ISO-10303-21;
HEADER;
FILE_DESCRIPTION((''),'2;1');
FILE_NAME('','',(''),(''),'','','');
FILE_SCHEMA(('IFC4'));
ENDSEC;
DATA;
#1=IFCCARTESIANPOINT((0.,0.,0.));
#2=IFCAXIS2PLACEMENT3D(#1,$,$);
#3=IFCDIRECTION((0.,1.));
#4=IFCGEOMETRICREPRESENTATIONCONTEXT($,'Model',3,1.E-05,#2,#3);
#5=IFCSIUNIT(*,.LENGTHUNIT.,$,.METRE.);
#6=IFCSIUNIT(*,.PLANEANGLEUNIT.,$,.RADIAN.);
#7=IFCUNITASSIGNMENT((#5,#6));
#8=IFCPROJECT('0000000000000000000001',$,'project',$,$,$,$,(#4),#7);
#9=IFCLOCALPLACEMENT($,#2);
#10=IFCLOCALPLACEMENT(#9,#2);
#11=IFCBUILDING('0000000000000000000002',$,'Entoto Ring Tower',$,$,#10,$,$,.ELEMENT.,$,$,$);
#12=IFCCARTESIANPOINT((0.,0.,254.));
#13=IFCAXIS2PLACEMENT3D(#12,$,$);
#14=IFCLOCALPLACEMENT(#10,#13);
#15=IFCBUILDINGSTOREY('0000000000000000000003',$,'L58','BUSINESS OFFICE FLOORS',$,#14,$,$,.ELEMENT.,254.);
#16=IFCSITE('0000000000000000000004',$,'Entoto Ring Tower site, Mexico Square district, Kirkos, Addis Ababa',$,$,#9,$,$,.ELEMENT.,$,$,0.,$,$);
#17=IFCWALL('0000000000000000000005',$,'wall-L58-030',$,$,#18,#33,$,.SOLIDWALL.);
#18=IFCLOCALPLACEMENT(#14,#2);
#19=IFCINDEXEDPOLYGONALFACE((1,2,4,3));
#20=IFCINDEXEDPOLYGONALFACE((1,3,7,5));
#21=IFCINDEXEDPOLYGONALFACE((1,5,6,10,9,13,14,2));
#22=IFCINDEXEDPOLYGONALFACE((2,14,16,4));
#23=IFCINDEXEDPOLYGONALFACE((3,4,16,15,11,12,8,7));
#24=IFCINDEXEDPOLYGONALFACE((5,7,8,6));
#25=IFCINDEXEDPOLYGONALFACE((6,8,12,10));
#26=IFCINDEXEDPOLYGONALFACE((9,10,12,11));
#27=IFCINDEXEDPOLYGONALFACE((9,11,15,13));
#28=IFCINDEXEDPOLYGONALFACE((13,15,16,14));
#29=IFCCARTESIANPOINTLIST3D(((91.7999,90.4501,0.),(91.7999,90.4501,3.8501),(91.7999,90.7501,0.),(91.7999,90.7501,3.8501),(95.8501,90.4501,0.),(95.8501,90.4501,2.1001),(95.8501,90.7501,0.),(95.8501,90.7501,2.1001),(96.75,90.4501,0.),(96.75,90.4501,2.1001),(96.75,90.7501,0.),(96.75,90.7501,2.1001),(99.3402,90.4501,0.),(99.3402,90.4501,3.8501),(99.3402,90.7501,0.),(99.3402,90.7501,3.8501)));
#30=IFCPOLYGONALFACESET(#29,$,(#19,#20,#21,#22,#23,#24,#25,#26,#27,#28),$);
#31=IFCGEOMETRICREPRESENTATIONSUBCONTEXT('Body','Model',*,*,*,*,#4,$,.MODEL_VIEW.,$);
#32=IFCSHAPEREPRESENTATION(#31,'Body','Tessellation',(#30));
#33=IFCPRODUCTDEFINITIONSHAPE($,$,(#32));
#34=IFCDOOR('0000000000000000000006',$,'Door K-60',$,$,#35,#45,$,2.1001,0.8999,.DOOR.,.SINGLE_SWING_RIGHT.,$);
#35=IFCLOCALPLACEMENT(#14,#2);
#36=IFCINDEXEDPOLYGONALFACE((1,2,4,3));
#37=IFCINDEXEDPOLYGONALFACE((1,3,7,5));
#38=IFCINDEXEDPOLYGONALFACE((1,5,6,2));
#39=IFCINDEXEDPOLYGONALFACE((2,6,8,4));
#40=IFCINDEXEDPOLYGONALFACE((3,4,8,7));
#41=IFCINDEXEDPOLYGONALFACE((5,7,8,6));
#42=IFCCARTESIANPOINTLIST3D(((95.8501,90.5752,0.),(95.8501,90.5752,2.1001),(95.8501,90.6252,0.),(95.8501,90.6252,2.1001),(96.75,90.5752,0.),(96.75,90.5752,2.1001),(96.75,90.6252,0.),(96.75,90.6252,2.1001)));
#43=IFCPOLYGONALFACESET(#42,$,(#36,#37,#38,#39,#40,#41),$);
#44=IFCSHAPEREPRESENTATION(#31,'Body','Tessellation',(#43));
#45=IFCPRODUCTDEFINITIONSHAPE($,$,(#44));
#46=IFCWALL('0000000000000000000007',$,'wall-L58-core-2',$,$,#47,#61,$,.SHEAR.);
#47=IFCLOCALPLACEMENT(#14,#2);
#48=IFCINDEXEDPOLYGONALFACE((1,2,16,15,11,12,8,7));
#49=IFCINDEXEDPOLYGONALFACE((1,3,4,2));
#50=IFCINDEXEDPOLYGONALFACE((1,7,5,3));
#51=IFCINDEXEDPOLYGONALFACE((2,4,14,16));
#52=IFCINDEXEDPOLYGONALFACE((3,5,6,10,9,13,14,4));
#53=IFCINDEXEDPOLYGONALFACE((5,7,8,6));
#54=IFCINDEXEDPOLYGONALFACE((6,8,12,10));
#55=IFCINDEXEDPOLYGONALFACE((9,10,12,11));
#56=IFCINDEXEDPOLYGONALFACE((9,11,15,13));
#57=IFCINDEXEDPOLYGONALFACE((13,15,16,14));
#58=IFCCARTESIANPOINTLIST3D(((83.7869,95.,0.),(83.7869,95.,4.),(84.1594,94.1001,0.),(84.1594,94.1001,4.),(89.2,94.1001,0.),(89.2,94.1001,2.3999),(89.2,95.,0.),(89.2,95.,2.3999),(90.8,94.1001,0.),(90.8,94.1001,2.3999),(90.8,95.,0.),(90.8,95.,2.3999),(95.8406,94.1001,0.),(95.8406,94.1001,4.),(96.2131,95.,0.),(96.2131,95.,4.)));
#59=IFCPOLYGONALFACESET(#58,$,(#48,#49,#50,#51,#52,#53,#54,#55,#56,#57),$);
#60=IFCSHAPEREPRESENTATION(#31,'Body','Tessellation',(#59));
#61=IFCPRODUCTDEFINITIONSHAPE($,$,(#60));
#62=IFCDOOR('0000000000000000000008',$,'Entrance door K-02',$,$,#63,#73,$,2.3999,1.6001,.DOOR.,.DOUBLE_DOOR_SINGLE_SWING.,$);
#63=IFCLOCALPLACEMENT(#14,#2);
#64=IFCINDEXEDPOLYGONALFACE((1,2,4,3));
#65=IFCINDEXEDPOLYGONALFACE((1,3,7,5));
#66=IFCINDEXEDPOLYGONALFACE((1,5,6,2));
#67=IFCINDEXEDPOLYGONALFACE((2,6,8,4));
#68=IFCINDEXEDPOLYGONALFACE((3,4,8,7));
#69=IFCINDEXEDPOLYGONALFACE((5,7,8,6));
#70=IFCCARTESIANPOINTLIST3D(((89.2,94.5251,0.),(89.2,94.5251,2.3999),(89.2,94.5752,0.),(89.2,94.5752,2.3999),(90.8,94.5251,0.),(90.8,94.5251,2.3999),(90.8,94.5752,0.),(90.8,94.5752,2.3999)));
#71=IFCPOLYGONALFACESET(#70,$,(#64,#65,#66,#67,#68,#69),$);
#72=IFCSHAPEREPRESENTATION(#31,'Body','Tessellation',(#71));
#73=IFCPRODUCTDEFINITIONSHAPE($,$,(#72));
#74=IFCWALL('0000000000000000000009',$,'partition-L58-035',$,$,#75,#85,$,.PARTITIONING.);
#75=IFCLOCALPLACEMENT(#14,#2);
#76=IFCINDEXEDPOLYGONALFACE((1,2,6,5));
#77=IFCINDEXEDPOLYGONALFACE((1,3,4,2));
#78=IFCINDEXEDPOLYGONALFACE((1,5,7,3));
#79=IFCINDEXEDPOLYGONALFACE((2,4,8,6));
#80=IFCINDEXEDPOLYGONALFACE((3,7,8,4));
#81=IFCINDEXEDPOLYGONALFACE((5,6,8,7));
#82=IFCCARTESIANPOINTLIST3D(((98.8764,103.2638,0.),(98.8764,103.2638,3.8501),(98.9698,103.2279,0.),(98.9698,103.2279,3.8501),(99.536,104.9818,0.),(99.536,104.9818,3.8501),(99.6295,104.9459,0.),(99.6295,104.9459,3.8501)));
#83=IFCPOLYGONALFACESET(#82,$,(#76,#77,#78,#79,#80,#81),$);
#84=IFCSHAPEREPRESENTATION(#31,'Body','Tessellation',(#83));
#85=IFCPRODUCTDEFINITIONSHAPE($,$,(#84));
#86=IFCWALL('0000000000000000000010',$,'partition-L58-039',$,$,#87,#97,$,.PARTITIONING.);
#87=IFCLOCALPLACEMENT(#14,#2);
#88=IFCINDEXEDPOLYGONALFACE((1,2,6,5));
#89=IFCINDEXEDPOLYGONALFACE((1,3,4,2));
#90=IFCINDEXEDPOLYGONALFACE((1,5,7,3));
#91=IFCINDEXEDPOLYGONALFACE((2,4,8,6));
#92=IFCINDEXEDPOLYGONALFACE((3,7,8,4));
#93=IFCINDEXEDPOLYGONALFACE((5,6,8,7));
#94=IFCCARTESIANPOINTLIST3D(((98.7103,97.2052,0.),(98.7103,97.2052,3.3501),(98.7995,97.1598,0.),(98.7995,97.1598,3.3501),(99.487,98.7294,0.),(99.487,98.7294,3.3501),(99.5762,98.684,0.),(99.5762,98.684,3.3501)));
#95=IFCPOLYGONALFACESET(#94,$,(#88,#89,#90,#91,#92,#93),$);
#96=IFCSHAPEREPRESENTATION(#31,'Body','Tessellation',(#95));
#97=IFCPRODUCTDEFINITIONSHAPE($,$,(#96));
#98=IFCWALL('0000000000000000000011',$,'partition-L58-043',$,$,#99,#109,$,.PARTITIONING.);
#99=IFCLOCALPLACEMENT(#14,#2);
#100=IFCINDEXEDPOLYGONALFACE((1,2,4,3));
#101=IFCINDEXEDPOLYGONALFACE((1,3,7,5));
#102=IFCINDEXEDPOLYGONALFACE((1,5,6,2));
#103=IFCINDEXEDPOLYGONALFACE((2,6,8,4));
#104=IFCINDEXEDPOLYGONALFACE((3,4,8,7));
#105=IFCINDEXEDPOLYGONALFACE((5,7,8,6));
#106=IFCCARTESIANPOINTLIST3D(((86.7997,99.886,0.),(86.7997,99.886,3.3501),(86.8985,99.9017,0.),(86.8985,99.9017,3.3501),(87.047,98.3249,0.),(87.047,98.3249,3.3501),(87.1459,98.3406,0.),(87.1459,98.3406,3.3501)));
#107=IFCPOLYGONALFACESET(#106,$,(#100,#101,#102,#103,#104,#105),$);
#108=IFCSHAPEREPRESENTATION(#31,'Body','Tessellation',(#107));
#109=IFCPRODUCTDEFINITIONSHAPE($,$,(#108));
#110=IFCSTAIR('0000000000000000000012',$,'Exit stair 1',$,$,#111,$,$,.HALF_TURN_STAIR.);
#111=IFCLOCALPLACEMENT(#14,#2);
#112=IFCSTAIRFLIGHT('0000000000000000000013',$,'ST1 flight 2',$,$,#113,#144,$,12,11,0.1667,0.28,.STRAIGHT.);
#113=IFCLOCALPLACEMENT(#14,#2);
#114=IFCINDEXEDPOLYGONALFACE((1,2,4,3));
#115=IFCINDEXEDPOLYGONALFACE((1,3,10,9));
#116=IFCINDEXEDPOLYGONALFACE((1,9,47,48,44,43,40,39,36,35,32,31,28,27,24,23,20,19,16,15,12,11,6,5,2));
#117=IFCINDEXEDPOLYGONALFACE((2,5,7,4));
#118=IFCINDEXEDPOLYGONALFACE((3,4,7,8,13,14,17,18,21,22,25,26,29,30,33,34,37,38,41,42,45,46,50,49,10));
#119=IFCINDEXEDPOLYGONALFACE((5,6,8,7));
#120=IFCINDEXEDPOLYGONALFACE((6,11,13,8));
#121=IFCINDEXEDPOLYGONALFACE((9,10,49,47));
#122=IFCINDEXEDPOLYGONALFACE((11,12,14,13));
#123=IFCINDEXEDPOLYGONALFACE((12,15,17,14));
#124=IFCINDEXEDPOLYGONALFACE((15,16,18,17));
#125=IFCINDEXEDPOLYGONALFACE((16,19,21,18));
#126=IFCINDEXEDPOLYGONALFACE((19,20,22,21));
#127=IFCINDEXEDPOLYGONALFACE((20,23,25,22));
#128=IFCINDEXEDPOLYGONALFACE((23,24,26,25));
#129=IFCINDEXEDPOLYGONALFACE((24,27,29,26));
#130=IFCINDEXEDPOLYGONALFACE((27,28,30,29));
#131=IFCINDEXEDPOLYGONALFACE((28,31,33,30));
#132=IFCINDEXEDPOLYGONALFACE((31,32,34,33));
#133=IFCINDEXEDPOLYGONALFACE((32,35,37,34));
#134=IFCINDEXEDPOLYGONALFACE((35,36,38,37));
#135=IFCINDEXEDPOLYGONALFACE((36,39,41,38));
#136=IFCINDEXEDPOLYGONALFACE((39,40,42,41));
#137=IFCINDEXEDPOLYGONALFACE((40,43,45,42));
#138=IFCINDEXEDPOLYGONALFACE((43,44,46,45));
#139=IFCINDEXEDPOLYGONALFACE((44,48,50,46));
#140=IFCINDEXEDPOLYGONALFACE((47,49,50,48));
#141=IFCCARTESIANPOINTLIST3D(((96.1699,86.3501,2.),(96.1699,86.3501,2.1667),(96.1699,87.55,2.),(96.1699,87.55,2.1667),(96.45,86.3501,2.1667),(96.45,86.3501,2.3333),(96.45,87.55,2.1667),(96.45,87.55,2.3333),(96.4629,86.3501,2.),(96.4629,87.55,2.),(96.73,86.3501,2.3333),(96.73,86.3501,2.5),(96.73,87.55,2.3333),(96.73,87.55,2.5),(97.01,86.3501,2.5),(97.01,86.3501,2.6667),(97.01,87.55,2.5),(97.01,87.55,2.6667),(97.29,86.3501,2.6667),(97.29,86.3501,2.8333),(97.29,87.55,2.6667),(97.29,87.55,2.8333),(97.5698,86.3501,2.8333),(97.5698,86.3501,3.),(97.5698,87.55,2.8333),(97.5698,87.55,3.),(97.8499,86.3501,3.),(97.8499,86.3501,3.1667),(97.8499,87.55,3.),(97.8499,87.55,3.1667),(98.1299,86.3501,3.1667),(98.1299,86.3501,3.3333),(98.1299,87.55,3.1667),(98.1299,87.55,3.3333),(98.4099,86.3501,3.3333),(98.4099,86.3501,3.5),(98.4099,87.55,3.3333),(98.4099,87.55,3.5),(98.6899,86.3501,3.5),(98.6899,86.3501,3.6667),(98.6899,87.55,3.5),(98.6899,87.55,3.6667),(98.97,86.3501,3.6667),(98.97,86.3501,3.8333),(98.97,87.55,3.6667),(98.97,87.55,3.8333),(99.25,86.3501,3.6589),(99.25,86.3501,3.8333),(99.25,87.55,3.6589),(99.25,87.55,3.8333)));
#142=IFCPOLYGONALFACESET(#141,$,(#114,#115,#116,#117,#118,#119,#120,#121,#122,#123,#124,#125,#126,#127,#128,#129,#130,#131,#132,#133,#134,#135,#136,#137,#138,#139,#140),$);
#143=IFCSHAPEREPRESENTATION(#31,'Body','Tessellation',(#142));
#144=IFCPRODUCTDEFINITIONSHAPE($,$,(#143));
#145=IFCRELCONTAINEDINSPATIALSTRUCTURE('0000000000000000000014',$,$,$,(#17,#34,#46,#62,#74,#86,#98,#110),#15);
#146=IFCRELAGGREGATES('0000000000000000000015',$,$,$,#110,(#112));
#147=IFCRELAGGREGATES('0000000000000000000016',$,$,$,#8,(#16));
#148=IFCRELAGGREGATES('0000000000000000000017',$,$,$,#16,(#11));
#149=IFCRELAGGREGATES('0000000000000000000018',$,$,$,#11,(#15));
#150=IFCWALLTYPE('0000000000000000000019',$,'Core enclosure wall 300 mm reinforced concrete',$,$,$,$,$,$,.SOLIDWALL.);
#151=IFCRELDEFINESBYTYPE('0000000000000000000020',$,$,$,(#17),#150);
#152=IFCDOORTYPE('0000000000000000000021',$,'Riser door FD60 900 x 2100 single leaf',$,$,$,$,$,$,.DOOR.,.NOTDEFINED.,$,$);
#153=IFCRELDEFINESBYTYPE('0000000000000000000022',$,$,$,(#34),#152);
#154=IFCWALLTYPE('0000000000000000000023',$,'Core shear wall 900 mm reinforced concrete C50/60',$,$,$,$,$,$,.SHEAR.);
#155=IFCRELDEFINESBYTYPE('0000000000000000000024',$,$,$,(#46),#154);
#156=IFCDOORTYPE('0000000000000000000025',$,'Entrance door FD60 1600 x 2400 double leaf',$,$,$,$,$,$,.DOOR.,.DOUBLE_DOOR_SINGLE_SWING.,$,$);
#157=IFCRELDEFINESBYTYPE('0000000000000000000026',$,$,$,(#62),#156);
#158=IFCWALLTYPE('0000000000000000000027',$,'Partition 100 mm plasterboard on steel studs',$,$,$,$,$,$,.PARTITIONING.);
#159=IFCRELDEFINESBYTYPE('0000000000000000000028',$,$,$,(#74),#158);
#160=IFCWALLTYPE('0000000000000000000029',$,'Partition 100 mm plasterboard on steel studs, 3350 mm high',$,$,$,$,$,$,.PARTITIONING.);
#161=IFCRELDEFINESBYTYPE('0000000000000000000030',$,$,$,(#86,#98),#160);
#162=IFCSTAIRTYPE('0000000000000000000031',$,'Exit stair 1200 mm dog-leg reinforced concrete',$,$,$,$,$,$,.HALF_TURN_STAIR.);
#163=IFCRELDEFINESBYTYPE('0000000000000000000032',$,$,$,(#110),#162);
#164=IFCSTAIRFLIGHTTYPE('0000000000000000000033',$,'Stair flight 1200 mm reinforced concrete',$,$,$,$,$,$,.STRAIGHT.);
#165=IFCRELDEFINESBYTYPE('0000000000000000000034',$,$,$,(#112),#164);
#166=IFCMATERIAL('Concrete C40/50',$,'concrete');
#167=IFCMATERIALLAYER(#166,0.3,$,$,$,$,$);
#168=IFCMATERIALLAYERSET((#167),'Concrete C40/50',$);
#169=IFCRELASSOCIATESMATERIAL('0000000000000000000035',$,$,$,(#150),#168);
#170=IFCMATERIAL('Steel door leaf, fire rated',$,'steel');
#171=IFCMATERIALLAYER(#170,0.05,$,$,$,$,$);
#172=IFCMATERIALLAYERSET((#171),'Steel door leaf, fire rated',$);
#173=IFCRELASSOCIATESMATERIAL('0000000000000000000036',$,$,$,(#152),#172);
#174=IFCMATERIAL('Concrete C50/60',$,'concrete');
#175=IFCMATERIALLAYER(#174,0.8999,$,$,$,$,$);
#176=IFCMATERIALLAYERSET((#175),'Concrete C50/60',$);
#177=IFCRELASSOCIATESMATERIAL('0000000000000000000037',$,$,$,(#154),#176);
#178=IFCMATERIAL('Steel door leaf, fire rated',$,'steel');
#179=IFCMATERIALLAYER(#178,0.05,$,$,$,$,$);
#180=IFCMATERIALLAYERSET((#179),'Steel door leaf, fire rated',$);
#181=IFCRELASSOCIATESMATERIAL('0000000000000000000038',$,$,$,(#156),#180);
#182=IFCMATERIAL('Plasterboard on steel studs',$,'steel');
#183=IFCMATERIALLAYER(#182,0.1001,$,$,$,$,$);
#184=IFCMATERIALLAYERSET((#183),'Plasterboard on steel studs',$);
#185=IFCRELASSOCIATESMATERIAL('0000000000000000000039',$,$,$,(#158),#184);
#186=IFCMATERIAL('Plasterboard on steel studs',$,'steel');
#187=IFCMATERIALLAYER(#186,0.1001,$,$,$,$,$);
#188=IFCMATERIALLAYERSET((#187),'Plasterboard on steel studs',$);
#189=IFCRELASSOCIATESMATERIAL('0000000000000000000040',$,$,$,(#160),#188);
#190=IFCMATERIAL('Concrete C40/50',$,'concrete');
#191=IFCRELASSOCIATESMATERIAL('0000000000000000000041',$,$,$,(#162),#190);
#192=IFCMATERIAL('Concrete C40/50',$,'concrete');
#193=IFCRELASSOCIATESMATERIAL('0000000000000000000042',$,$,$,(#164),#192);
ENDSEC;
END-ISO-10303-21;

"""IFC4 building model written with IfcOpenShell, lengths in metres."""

from ifc_helpers import new_model, si_unit, direction, frame, frame_2d, origin, place, context, subcontext, project, spatial, polyline, rectangle, outline, extrude, material, layer, layer_set, type_object, element, fill, aggregate, save


model = new_model("IFC4")

# Units and contexts
model_context = context("Model", 3, precision=1e-05, world=origin(), true_north=direction((0.0, 1.0)))
body_context = subcontext(model_context, "Body", "Model", "MODEL_VIEW")
ifc_project = project(units=[si_unit("LENGTHUNIT", "METRE"), si_unit("PLANEANGLEUNIT", "RADIAN")], contexts=[model_context])

# Site, building, storey
site_placement = place(None, origin())
site = spatial("IfcSite", under=ifc_project, at=site_placement, Name="Entoto Ring Tower site, Mexico Square district, Kirkos, Addis Ababa", CompositionType="ELEMENT", RefElevation=0.0)
building_placement = place(site_placement, origin())
building = spatial("IfcBuilding", under=site, at=building_placement, Name="Entoto Ring Tower", CompositionType="ELEMENT")
storey_placement = place(building_placement, frame((0.0, 0.0, 254.0)))
storey = spatial("IfcBuildingStorey", under=building, at=storey_placement, Name="L58", Description="BUSINESS OFFICE FLOORS", CompositionType="ELEMENT", Elevation=254.0)

# Shared definitions
ifc_material_1 = material(Name="Concrete C40/50", Category="concrete")
ifc_layer_1 = layer(ifc_material_1, 0.3)
ifc_layer_set_1 = layer_set([ifc_layer_1], Name="Concrete C40/50")
wall_type_1 = type_object("IfcWallType", Name="Core enclosure wall 300 mm reinforced concrete", PredefinedType="SOLIDWALL", material=ifc_layer_set_1)

# Walls, openings, doors
wall_1_placement = place(storey_placement, frame((91.8, 90.6001, 0.0), z_axis=(0.0, 0.0, 1.0), x_axis=(1.0, 0.0, 0.0)))
wall_1 = element("IfcWall", 1, at=wall_1_placement, inside=storey, type_object=wall_type_1, Name="wall-L58-030", PredefinedType="SOLIDWALL", context=body_context, shape_type="SweptSolid", body=[
    extrude(rectangle(XDim=7.5403, YDim=0.3, at=frame_2d((3.77, 0.0))), origin(), (0.0, 0.0, 1.0), 3.8501),
])
opening_1_placement = place(wall_1_placement, frame((4.05, 0.0, 0.0)))
opening_1 = element("IfcOpeningElement", 2, at=opening_1_placement, cuts=wall_1, PredefinedType="OPENING", context=body_context, shape_type="SweptSolid", body=[
    extrude(rectangle(XDim=0.8999, YDim=2.1001, at=frame_2d((0.45, 1.05))), frame((0.0, 0.1602, 0.0), z_axis=(0.0, -1.0, 0.0), x_axis=(1.0, 0.0, 0.0)), (0.0, 0.0, 1.0), 0.3201),
])
ifc_material_2 = material(Name="Steel door leaf, fire rated", Category="steel")
ifc_layer_2 = layer(ifc_material_2, 0.05)
ifc_layer_set_2 = layer_set([ifc_layer_2], Name="Steel door leaf, fire rated")
door_type_1 = type_object("IfcDoorType", Name="Riser door FD60 900 x 2100 single leaf", OperationType="NOTDEFINED", PredefinedType="DOOR", material=ifc_layer_set_2)
door_1_placement = place(opening_1_placement, frame((0.8999, 0.0, 0.0), z_axis=(0.0, 0.0, 1.0), x_axis=(-1.0, 0.0, 0.0)))
door_1 = element("IfcDoor", 3, at=door_1_placement, inside=storey, type_object=door_type_1, Name="Door K-60", OperationType="SINGLE_SWING_RIGHT", OverallHeight=2.1001, OverallWidth=0.8999, PredefinedType="DOOR", context=body_context, shape_type="SweptSolid", body=[
    extrude(rectangle(XDim=0.8999, YDim=2.1001, at=frame_2d((0.45, 1.05))), frame((0.0, 0.0249, 0.0), z_axis=(0.0, -1.0, 0.0), x_axis=(1.0, 0.0, 0.0)), (0.0, 0.0, 1.0), 0.05),
])
fill(opening_1, door_1)
ifc_material_3 = material(Name="Concrete C50/60", Category="concrete")
ifc_layer_3 = layer(ifc_material_3, 0.8999)
ifc_layer_set_3 = layer_set([ifc_layer_3], Name="Concrete C50/60")
wall_type_2 = type_object("IfcWallType", Name="Core shear wall 900 mm reinforced concrete C50/60", PredefinedType="SHEAR", material=ifc_layer_set_3)
wall_2_placement = place(storey_placement, frame((96.0269, 94.55, 0.0), z_axis=(0.0, 0.0, 1.0), x_axis=(-1.0, 0.0, 0.0)))
wall_2 = element("IfcWall", 4, at=wall_2_placement, inside=storey, type_object=wall_type_2, Name="wall-L58-core-2", PredefinedType="SHEAR", context=body_context, shape_type="SweptSolid", body=[
    extrude(outline(polyline([(-0.1863, -0.45), (12.24, -0.45), (11.8674, 0.45), (0.1863, 0.45), (-0.1863, -0.45)])), origin(), (0.0, 0.0, 1.0), 4.0),
])
opening_2_placement = place(wall_2_placement, frame((5.2268, 0.0, 0.0)))
opening_2 = element("IfcOpeningElement", 5, at=opening_2_placement, cuts=wall_2, PredefinedType="OPENING", context=body_context, shape_type="SweptSolid", body=[
    extrude(rectangle(XDim=1.6001, YDim=2.3999, at=frame_2d((0.8, 1.2))), frame((0.0, 0.46, 0.0), z_axis=(0.0, -1.0, 0.0), x_axis=(1.0, 0.0, 0.0)), (0.0, 0.0, 1.0), 0.9199),
])
ifc_material_4 = material(Name="Steel door leaf, fire rated", Category="steel")
ifc_layer_4 = layer(ifc_material_4, 0.05)
ifc_layer_set_4 = layer_set([ifc_layer_4], Name="Steel door leaf, fire rated")
door_type_2 = type_object("IfcDoorType", Name="Entrance door FD60 1600 x 2400 double leaf", OperationType="DOUBLE_DOOR_SINGLE_SWING", PredefinedType="DOOR", material=ifc_layer_set_4)
door_2_placement = place(opening_2_placement, origin())
door_2 = element("IfcDoor", 6, at=door_2_placement, inside=storey, type_object=door_type_2, Name="Entrance door K-02", OperationType="DOUBLE_DOOR_SINGLE_SWING", OverallHeight=2.3999, OverallWidth=1.6001, PredefinedType="DOOR", context=body_context, shape_type="SweptSolid", body=[
    extrude(rectangle(XDim=1.6001, YDim=2.3999, at=frame_2d((0.8, 1.2))), frame((0.0, 0.0249, 0.0), z_axis=(0.0, -1.0, 0.0), x_axis=(1.0, 0.0, 0.0)), (0.0, 0.0, 1.0), 0.05),
])
fill(opening_2, door_2)

# Walls
ifc_material_5 = material(Name="Plasterboard on steel studs", Category="steel")
ifc_layer_5 = layer(ifc_material_5, 0.1001)
ifc_layer_set_5 = layer_set([ifc_layer_5], Name="Plasterboard on steel studs")
wall_type_3 = type_object("IfcWallType", Name="Partition 100 mm plasterboard on steel studs", PredefinedType="PARTITIONING", material=ifc_layer_set_5)
wall_3_placement = place(storey_placement, frame((98.9231, 103.2458, 0.0), z_axis=(0.0, 0.0, 1.0), x_axis=(0.358455, 0.933547, 0.0)))
element("IfcWall", 7, at=wall_3_placement, inside=storey, type_object=wall_type_3, Name="partition-L58-035", PredefinedType="PARTITIONING", context=body_context, shape_type="SweptSolid", body=[
    extrude(rectangle(XDim=1.8403, YDim=0.1001, at=frame_2d((0.9202, 0.0))), origin(), (0.0, 0.0, 1.0), 3.8501),
])
ifc_material_6 = material(Name="Plasterboard on steel studs", Category="steel")
ifc_layer_6 = layer(ifc_material_6, 0.1001)
ifc_layer_set_6 = layer_set([ifc_layer_6], Name="Plasterboard on steel studs")
wall_type_4 = type_object("IfcWallType", Name="Partition 100 mm plasterboard on steel studs, 3350 mm high", PredefinedType="PARTITIONING", material=ifc_layer_set_6)
wall_4_placement = place(storey_placement, frame((98.7549, 97.1824, 0.0), z_axis=(0.0, 0.0, 1.0), x_axis=(0.453994, 0.891005, 0.0)))
element("IfcWall", 8, at=wall_4_placement, inside=storey, type_object=wall_type_4, Name="partition-L58-039", PredefinedType="PARTITIONING", context=body_context, shape_type="SweptSolid", body=[
    extrude(rectangle(XDim=1.7107, YDim=0.1001, at=frame_2d((0.8555, 0.0))), origin(), (0.0, 0.0, 1.0), 3.3501),
])
wall_5_placement = place(storey_placement, frame((87.0964, 98.3328, 0.0), z_axis=(0.0, 0.0, 1.0), x_axis=(-0.156478, 0.987681, 0.0)))
element("IfcWall", 9, at=wall_5_placement, inside=storey, type_object=wall_type_4, Name="partition-L58-043", PredefinedType="PARTITIONING", context=body_context, shape_type="SweptSolid", body=[
    extrude(rectangle(XDim=1.5806, YDim=0.1001, at=frame_2d((0.7903, 0.0))), origin(), (0.0, 0.0, 1.0), 3.3501),
])

# Stair, stair flight
ifc_material_7 = material(Name="Concrete C40/50", Category="concrete")
stair_type = type_object("IfcStairType", Name="Exit stair 1200 mm dog-leg reinforced concrete", PredefinedType="HALF_TURN_STAIR", material=ifc_material_7)
stair_placement = place(storey_placement, origin())
stair = element("IfcStair", 10, at=stair_placement, inside=storey, type_object=stair_type, Name="Exit stair 1", PredefinedType="HALF_TURN_STAIR")
ifc_material_8 = material(Name="Concrete C40/50", Category="concrete")
stair_flight_type = type_object("IfcStairFlightType", Name="Stair flight 1200 mm reinforced concrete", PredefinedType="STRAIGHT", material=ifc_material_8)
stair_flight_placement = place(storey_placement, frame((96.1699, 86.95, 2.0), z_axis=(0.0, 0.0, 1.0), x_axis=(1.0, 0.0, 0.0)))
stair_flight = element("IfcStairFlight", 11, at=stair_flight_placement, type_object=stair_flight_type, Name="ST1 flight 2", NumberOfRisers=12, NumberOfTreads=11, PredefinedType="STRAIGHT", RiserHeight=0.1667, TreadLength=0.28, context=body_context, shape_type="SweptSolid", body=[
    extrude(outline(polyline([(0.0, 0.0), (0.0, 0.1667), (0.28, 0.1667), (0.28, 0.3333), (0.5601, 0.3333), (0.5601, 0.5), (0.8401, 0.5), (0.8401, 0.6667), (1.1201, 0.6667), (1.1201, 0.8333), (1.3999, 0.8333), (1.3999, 1.0), (1.6799, 1.0), (1.6799, 1.1667), (1.96, 1.1667), (1.96, 1.3333), (2.24, 1.3333), (2.24, 1.5), (2.52, 1.5), (2.52, 1.6667), (2.8, 1.6667), (2.8, 1.8333), (3.0801, 1.8333), (3.0801, 2.0), (3.0801, 1.6589), (0.293, 0.0), (0.0, 0.0)])), frame((0.0, 0.6001, 0.0), z_axis=(0.0, -1.0, 0.0), x_axis=(1.0, 0.0, 0.0)), (0.0, 0.0, 1.0), 1.2),
])
aggregate(stair, [stair_flight])

save(model, "model.ifc")
